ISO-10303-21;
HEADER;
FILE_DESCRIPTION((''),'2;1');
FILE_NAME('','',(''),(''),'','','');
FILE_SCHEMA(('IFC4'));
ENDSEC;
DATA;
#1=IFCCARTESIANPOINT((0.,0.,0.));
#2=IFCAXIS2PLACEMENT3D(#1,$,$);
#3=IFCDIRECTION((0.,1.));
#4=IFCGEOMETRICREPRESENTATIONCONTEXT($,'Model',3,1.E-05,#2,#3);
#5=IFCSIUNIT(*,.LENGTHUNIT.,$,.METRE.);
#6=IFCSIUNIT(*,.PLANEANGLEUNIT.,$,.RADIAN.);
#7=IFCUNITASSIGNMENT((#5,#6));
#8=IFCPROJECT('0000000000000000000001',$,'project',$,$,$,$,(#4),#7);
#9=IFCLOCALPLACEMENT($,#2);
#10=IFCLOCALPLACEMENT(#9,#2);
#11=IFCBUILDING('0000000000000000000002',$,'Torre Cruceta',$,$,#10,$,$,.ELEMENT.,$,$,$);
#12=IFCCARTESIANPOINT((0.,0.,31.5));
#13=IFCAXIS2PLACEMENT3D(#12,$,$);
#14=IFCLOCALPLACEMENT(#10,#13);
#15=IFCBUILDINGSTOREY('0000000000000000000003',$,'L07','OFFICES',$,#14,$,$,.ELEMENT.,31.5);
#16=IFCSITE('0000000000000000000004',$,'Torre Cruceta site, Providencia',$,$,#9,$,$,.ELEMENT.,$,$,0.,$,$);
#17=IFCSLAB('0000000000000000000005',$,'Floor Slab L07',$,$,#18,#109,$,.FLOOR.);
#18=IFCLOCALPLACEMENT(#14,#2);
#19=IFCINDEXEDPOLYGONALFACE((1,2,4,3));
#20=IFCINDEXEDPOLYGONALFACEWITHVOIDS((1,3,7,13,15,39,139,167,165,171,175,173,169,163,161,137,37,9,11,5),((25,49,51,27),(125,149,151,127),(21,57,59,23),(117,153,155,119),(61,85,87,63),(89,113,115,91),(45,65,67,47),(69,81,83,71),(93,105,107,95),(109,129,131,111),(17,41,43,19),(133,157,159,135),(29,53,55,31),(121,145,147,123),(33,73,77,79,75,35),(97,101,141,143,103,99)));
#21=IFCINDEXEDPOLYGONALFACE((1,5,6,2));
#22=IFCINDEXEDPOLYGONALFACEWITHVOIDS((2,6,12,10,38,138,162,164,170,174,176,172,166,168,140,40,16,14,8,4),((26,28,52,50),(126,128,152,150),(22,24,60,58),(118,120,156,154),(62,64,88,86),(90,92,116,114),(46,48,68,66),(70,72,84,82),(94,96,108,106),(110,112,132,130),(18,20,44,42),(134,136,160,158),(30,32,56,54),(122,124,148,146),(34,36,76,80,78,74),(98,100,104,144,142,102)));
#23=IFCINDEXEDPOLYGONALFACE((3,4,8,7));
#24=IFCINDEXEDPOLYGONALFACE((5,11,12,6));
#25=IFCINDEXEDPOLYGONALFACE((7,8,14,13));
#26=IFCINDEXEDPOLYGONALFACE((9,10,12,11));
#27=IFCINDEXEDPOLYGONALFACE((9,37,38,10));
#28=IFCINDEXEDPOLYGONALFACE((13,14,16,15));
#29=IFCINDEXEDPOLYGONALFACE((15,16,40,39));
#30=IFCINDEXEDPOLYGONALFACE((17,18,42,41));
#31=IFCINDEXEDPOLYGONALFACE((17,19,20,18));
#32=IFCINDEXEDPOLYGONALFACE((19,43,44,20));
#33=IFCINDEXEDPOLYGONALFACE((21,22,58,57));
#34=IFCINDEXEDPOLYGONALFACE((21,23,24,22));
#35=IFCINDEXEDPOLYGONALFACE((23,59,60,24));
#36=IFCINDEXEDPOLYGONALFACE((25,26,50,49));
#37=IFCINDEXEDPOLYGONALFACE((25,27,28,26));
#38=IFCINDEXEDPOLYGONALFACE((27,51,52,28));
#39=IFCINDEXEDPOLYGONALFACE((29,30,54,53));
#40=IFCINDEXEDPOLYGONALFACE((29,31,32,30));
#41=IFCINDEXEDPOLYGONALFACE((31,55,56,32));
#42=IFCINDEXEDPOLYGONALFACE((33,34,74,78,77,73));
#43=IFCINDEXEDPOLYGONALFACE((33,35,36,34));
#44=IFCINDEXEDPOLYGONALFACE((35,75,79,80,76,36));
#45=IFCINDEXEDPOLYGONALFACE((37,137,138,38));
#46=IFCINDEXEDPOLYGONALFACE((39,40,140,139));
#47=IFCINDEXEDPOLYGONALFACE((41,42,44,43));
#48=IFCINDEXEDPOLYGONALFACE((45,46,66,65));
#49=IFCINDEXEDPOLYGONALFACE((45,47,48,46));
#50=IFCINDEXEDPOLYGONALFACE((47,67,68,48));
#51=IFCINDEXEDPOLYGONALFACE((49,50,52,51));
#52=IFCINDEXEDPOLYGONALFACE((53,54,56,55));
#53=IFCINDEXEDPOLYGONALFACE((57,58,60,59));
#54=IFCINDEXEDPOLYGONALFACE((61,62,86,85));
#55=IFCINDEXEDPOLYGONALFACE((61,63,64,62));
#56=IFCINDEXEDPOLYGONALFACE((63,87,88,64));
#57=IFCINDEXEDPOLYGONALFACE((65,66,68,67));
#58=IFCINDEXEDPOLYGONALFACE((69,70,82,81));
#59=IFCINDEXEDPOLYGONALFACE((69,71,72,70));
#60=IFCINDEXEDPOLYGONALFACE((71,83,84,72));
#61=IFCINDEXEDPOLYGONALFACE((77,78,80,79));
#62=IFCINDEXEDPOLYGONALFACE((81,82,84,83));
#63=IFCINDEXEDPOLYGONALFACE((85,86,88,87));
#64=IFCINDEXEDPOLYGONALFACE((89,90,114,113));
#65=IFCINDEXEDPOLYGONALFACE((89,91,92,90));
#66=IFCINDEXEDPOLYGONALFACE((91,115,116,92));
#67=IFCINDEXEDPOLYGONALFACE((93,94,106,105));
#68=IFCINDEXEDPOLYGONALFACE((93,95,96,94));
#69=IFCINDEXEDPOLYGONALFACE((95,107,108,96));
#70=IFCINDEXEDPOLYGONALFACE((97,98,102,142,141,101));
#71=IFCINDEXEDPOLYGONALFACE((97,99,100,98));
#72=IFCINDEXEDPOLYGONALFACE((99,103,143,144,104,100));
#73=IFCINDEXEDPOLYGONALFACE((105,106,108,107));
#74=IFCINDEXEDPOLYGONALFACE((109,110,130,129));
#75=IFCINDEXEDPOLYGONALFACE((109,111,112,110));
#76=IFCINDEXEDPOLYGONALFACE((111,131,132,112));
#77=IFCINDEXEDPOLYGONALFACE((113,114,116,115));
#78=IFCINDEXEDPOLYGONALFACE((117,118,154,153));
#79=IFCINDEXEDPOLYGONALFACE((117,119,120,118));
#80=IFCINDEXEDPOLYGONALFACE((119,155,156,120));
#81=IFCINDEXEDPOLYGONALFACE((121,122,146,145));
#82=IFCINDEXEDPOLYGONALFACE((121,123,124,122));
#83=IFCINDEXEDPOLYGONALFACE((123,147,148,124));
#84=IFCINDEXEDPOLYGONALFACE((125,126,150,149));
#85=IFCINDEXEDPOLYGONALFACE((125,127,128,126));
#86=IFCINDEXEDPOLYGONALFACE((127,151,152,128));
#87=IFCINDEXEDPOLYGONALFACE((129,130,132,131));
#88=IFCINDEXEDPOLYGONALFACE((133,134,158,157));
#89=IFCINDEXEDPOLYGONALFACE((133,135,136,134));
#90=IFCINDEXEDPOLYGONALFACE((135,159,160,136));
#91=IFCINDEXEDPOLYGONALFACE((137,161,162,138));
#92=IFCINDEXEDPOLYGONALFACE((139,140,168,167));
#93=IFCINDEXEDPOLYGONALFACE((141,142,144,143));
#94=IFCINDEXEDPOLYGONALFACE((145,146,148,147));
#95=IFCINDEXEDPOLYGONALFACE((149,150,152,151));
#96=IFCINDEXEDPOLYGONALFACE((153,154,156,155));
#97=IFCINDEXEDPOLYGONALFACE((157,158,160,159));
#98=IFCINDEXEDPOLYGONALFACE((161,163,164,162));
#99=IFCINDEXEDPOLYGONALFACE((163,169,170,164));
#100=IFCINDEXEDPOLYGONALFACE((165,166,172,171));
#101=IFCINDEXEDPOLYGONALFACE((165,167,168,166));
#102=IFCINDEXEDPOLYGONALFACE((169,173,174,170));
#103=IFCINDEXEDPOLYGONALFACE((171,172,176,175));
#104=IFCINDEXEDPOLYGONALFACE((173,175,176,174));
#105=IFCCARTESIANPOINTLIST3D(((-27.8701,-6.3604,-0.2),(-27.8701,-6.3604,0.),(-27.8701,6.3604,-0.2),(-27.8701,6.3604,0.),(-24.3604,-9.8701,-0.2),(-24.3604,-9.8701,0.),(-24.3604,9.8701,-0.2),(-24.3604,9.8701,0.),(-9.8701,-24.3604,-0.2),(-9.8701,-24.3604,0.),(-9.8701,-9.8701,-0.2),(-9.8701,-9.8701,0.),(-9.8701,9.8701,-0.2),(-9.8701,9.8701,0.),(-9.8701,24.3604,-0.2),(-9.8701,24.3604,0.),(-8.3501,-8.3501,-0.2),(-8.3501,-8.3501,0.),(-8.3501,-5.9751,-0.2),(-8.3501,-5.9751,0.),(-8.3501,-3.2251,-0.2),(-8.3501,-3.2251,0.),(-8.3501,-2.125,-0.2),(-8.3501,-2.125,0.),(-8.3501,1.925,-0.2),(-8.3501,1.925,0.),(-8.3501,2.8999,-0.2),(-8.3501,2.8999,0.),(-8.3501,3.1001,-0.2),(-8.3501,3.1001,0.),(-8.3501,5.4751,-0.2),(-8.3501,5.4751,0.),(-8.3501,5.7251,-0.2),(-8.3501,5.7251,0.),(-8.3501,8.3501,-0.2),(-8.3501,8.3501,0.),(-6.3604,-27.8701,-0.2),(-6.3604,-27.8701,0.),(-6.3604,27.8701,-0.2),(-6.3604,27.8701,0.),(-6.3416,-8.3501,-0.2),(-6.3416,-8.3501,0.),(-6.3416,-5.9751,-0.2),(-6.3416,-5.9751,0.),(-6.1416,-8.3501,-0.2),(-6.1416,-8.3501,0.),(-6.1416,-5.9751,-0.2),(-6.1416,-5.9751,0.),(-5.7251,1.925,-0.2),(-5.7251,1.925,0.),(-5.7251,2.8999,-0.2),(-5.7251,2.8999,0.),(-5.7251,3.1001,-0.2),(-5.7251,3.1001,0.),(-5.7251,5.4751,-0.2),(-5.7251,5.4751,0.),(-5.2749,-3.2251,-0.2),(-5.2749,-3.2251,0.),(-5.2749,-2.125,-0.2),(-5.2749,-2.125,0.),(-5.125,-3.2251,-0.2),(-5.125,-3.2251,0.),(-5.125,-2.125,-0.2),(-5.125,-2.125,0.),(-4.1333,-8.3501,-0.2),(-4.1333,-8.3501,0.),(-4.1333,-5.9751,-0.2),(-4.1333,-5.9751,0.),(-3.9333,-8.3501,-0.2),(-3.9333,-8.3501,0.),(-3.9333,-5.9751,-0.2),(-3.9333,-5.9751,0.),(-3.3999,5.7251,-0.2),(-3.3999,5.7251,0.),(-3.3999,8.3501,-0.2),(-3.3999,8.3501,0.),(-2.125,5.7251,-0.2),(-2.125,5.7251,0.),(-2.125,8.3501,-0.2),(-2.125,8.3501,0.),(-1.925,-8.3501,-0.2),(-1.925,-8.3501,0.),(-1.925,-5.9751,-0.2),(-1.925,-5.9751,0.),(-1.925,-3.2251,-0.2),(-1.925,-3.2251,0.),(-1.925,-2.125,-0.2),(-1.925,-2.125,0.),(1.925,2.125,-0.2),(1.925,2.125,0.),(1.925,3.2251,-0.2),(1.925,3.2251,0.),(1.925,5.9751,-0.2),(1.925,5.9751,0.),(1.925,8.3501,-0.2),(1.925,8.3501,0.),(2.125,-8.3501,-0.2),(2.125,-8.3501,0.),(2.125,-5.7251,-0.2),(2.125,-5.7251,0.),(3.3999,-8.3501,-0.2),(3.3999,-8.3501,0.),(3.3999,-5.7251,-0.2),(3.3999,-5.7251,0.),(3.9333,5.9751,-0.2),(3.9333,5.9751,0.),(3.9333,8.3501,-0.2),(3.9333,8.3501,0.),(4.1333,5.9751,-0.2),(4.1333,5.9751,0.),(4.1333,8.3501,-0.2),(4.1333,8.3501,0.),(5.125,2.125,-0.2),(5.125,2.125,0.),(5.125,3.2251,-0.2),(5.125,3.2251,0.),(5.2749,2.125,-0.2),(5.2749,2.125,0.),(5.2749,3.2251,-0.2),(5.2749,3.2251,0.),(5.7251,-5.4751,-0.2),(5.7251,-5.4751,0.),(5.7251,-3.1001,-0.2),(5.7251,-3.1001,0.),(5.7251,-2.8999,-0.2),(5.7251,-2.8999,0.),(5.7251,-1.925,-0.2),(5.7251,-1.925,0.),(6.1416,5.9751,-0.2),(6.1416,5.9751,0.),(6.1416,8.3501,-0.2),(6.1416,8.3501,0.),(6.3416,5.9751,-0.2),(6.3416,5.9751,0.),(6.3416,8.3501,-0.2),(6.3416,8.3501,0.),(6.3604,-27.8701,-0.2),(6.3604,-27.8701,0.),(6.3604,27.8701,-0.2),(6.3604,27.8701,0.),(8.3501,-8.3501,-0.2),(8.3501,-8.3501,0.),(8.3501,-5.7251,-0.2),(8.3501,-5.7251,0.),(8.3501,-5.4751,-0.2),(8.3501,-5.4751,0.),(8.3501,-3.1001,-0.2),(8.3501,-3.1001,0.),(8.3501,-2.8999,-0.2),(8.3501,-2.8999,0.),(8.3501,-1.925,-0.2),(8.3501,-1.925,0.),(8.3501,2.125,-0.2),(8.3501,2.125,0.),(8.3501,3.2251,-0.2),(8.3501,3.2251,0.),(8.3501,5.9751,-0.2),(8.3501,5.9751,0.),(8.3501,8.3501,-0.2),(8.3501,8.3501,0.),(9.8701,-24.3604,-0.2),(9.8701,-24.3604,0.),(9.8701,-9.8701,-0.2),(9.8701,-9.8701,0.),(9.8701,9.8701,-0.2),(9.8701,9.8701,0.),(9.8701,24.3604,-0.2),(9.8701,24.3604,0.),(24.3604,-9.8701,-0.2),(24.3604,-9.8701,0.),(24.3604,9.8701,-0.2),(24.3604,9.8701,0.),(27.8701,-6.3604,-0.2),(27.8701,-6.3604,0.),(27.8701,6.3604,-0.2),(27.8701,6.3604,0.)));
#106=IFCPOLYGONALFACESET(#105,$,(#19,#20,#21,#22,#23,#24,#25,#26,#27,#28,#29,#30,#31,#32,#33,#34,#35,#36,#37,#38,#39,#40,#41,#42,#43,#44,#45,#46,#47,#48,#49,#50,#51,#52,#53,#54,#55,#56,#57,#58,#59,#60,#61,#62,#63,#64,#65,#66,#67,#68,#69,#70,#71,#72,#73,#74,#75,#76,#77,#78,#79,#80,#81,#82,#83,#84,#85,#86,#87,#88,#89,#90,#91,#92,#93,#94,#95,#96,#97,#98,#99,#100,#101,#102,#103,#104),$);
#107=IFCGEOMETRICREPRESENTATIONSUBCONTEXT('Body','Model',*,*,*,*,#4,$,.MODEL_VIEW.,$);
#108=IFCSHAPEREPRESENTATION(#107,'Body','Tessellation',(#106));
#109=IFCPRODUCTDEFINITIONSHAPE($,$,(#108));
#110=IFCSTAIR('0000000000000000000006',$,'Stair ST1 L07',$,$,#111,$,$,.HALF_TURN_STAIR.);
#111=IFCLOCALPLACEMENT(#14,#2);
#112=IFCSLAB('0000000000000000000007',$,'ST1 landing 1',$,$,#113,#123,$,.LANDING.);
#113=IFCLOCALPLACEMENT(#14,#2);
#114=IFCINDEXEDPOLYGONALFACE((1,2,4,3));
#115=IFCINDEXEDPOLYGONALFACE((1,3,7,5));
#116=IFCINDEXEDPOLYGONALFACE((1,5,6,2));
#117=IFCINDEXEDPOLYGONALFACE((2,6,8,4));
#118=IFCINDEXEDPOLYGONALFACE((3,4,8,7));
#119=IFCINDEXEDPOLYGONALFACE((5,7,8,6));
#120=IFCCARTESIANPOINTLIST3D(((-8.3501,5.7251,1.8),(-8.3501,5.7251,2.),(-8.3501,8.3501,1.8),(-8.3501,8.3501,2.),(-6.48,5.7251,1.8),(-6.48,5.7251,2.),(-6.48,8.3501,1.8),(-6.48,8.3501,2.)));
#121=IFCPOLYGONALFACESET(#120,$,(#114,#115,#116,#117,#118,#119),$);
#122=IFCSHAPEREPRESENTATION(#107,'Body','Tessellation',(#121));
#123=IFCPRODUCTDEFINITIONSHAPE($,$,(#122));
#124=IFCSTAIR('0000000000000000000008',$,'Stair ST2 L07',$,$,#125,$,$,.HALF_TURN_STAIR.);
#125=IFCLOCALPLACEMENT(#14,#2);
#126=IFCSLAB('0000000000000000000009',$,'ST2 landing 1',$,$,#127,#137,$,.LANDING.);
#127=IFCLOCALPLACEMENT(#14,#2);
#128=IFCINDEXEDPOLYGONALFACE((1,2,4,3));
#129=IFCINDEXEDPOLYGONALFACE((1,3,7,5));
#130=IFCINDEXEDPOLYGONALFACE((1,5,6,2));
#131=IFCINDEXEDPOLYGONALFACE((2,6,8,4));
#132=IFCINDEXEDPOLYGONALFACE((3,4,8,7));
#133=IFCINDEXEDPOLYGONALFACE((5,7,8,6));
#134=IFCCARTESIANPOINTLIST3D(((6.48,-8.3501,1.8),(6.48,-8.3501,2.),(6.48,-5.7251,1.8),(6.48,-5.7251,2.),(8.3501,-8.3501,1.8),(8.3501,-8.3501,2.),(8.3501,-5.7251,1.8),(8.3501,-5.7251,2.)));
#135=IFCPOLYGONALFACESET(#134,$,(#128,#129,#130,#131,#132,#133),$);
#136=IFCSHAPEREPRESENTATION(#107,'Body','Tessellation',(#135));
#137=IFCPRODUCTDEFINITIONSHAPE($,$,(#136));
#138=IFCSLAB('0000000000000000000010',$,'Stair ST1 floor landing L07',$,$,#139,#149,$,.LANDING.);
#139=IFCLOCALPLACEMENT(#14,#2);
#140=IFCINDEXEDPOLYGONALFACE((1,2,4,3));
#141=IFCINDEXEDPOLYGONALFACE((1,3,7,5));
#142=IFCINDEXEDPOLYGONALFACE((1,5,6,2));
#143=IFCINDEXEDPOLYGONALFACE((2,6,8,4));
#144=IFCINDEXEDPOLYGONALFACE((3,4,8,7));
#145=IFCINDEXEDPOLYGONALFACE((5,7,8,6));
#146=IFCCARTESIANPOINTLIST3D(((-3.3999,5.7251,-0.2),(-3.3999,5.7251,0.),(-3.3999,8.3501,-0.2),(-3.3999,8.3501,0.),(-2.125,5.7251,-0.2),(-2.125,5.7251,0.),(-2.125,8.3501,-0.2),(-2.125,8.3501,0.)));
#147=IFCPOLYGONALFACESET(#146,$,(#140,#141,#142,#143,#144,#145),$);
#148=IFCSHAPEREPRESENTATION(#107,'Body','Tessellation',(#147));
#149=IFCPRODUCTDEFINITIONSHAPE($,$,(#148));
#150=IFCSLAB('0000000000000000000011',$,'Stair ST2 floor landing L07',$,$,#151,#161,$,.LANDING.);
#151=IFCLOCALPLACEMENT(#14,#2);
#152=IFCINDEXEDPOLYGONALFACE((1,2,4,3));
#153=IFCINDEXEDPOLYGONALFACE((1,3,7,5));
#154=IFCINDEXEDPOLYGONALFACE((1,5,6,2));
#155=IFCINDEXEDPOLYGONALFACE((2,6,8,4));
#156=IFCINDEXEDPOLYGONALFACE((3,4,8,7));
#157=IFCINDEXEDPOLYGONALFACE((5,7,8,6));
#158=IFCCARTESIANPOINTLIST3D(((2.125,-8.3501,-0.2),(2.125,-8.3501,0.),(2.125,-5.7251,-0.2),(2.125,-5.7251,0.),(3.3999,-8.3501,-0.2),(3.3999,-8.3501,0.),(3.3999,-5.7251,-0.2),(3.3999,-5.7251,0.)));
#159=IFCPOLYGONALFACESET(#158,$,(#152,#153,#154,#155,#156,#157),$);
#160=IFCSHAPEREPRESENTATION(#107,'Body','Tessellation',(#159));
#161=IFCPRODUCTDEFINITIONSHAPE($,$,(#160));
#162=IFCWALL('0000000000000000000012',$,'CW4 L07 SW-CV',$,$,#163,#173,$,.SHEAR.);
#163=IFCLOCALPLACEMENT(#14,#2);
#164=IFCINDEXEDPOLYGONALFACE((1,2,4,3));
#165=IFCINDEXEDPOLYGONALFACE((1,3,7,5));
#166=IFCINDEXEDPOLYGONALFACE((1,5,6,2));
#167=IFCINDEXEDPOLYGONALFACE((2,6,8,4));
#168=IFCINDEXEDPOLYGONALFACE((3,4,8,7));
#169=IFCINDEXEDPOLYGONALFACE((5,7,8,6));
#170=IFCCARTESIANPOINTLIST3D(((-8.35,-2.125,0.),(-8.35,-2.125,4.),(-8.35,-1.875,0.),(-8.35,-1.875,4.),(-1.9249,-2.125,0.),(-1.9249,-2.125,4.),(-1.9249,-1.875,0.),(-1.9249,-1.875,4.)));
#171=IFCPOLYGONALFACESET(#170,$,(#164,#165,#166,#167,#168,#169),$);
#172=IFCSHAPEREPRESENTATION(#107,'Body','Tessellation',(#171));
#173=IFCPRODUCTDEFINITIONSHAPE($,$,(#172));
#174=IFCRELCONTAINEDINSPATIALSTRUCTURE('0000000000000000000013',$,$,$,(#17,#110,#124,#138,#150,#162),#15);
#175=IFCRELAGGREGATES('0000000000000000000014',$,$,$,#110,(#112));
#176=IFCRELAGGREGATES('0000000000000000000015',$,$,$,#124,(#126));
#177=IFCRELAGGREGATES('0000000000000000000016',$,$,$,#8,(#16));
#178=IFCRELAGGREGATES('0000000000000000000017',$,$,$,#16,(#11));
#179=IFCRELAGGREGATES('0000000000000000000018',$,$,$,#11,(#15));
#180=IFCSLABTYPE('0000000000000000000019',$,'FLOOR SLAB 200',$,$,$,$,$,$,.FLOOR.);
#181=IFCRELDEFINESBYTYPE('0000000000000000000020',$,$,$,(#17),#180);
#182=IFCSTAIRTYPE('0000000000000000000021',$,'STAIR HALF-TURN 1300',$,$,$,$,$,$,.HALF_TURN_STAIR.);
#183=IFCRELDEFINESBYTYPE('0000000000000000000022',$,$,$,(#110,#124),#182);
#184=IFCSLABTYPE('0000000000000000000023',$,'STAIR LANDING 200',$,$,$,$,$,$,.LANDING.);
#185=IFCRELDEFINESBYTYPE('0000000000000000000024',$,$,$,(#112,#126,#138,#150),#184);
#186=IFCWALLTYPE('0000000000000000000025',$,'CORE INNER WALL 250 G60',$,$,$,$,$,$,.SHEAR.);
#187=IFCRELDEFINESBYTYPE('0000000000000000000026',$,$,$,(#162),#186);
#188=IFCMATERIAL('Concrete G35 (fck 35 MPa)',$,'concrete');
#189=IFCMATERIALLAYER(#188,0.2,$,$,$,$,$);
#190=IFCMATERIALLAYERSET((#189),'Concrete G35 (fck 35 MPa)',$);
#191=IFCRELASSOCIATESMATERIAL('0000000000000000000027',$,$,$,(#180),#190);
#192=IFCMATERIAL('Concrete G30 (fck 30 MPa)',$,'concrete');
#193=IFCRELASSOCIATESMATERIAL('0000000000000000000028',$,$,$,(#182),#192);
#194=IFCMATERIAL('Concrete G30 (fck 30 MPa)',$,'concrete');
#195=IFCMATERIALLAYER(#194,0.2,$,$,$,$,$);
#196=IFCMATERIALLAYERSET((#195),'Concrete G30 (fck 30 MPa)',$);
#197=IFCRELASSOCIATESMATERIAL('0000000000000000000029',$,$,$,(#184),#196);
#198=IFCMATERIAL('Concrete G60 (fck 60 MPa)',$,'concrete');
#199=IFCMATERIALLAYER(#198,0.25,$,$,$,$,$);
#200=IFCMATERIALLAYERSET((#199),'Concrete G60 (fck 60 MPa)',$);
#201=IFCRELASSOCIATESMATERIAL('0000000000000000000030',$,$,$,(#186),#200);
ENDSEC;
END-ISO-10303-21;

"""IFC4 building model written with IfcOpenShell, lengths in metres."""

from ifc_helpers import new_model, si_unit, direction, frame, frame_2d, origin, place, context, subcontext, project, spatial, polyline, rectangle, outline, extrude, material, layer, layer_set, type_object, element, aggregate, save


model = new_model("IFC4")

# Units and contexts
model_context = context("Model", 3, precision=1e-05, world=origin(), true_north=direction((0.0, 1.0)))
body_context = subcontext(model_context, "Body", "Model", "MODEL_VIEW")
ifc_project = project(units=[si_unit("LENGTHUNIT", "METRE"), si_unit("PLANEANGLEUNIT", "RADIAN")], contexts=[model_context])

# Site, building, storey
site_placement = place(None, origin())
site = spatial("IfcSite", under=ifc_project, at=site_placement, Name="Torre Cruceta site, Providencia", CompositionType="ELEMENT", RefElevation=0.0)
building_placement = place(site_placement, origin())
building = spatial("IfcBuilding", under=site, at=building_placement, Name="Torre Cruceta", CompositionType="ELEMENT")
storey_placement = place(building_placement, frame((0.0, 0.0, 31.5)))
storey = spatial("IfcBuildingStorey", under=building, at=storey_placement, Name="L07", Description="OFFICES", CompositionType="ELEMENT", Elevation=31.5)

# Slab
ifc_material_1 = material(Name="Concrete G35 (fck 35 MPa)", Category="concrete")
ifc_layer_1 = layer(ifc_material_1, 0.2)
ifc_layer_set_1 = layer_set([ifc_layer_1], Name="Concrete G35 (fck 35 MPa)")
slab_type_1 = type_object("IfcSlabType", Name="FLOOR SLAB 200", PredefinedType="FLOOR", material=ifc_layer_set_1)
slab_1_placement = place(storey_placement, frame((0.0, 0.0, -0.2)))
element("IfcSlab", 1, at=slab_1_placement, inside=storey, type_object=slab_type_1, Name="Floor Slab L07", PredefinedType="FLOOR", context=body_context, shape_type="SweptSolid", body=[
    extrude(outline(polyline([(9.8701, -9.8701), (9.8701, -24.3604), (6.3604, -27.8701), (-6.3604, -27.8701), (-9.8701, -24.3604), (-9.8701, -9.8701), (-24.3604, -9.8701), (-27.8701, -6.3604), (-27.8701, 6.3604), (-24.3604, 9.8701), (-9.8701, 9.8701), (-9.8701, 24.3604), (-6.3604, 27.8701), (6.3604, 27.8701), (9.8701, 24.3604), (9.8701, 9.8701), (24.3604, 9.8701), (27.8701, 6.3604), (27.8701, -6.3604), (24.3604, -9.8701), (9.8701, -9.8701)]), holes=[polyline([(1.925, 5.9751), (3.9333, 5.9751), (3.9333, 8.3501), (1.925, 8.3501), (1.925, 5.9751)]), polyline([(4.1333, 5.9751), (6.1416, 5.9751), (6.1416, 8.3501), (4.1333, 8.3501), (4.1333, 5.9751)]), polyline([(6.3416, 5.9751), (8.3501, 5.9751), (8.3501, 8.3501), (6.3416, 8.3501), (6.3416, 5.9751)]), polyline([(1.925, 2.125), (5.125, 2.125), (5.125, 3.2251), (1.925, 3.2251), (1.925, 2.125)]), polyline([(5.2749, 2.125), (8.3501, 2.125), (8.3501, 3.2251), (5.2749, 3.2251), (5.2749, 2.125)]), polyline([(-8.3501, 3.1001), (-5.7251, 3.1001), (-5.7251, 5.4751), (-8.3501, 5.4751), (-8.3501, 3.1001)]), polyline([(-8.3501, 1.925), (-5.7251, 1.925), (-5.7251, 2.8999), (-8.3501, 2.8999), (-8.3501, 1.925)]), polyline([(-3.9333, -8.3501), (-1.925, -8.3501), (-1.925, -5.9751), (-3.9333, -5.9751), (-3.9333, -8.3501)]), polyline([(-6.1416, -8.3501), (-4.1333, -8.3501), (-4.1333, -5.9751), (-6.1416, -5.9751), (-6.1416, -8.3501)]), polyline([(-8.3501, -8.3501), (-6.3416, -8.3501), (-6.3416, -5.9751), (-8.3501, -5.9751), (-8.3501, -8.3501)]), polyline([(-5.125, -3.2251), (-1.925, -3.2251), (-1.925, -2.125), (-5.125, -2.125), (-5.125, -3.2251)]), polyline([(-8.3501, -3.2251), (-5.2749, -3.2251), (-5.2749, -2.125), (-8.3501, -2.125), (-8.3501, -3.2251)]), polyline([(5.7251, -5.4751), (8.3501, -5.4751), (8.3501, -3.1001), (5.7251, -3.1001), (5.7251, -5.4751)]), polyline([(5.7251, -2.8999), (8.3501, -2.8999), (8.3501, -1.925), (5.7251, -1.925), (5.7251, -2.8999)]), polyline([(-8.3501, 5.7251), (-8.3501, 8.3501), (-3.3999, 8.3501), (-2.125, 8.3501), (-2.125, 5.7251), (-3.3999, 5.7251), (-8.3501, 5.7251)]), polyline([(2.125, -5.7251), (3.3999, -5.7251), (8.3501, -5.7251), (8.3501, -8.3501), (3.3999, -8.3501), (2.125, -8.3501), (2.125, -5.7251)])]), origin(), (0.0, 0.0, 1.0), 0.2),
])

# Stairs, slabs
ifc_material_2 = material(Name="Concrete G30 (fck 30 MPa)", Category="concrete")
stair_type = type_object("IfcStairType", Name="STAIR HALF-TURN 1300", PredefinedType="HALF_TURN_STAIR", material=ifc_material_2)
stair_1_placement = place(storey_placement, origin())
stair_1 = element("IfcStair", 2, at=stair_1_placement, inside=storey, type_object=stair_type, Name="Stair ST1 L07", PredefinedType="HALF_TURN_STAIR")
ifc_material_3 = material(Name="Concrete G30 (fck 30 MPa)", Category="concrete")
ifc_layer_2 = layer(ifc_material_3, 0.2)
ifc_layer_set_2 = layer_set([ifc_layer_2], Name="Concrete G30 (fck 30 MPa)")
slab_type_2 = type_object("IfcSlabType", Name="STAIR LANDING 200", PredefinedType="LANDING", material=ifc_layer_set_2)
slab_2_placement = place(storey_placement, frame((0.0, 0.0, 1.8)))
slab_2 = element("IfcSlab", 3, at=slab_2_placement, type_object=slab_type_2, Name="ST1 landing 1", PredefinedType="LANDING", context=body_context, shape_type="SweptSolid", body=[
    extrude(outline(polyline([(-8.3501, 5.7251), (-6.48, 5.7251), (-6.48, 8.3501), (-8.3501, 8.3501), (-8.3501, 5.7251)])), origin(), (0.0, 0.0, 1.0), 0.2),
])
aggregate(stair_1, [slab_2])
stair_2_placement = place(storey_placement, origin())
stair_2 = element("IfcStair", 4, at=stair_2_placement, inside=storey, type_object=stair_type, Name="Stair ST2 L07", PredefinedType="HALF_TURN_STAIR")
slab_3_placement = place(storey_placement, frame((0.0, 0.0, 1.8)))
slab_3 = element("IfcSlab", 5, at=slab_3_placement, type_object=slab_type_2, Name="ST2 landing 1", PredefinedType="LANDING", context=body_context, shape_type="SweptSolid", body=[
    extrude(outline(polyline([(6.48, -8.3501), (8.3501, -8.3501), (8.3501, -5.7251), (6.48, -5.7251), (6.48, -8.3501)])), origin(), (0.0, 0.0, 1.0), 0.2),
])
aggregate(stair_2, [slab_3])

# Slabs
slab_4_placement = place(storey_placement, frame((0.0, 0.0, -0.2)))
element("IfcSlab", 6, at=slab_4_placement, inside=storey, type_object=slab_type_2, Name="Stair ST1 floor landing L07", PredefinedType="LANDING", context=body_context, shape_type="SweptSolid", body=[
    extrude(outline(polyline([(-2.125, 8.3501), (-2.125, 5.7251), (-3.3999, 5.7251), (-3.3999, 8.3501), (-2.125, 8.3501)])), origin(), (0.0, 0.0, 1.0), 0.2),
])
slab_5_placement = place(storey_placement, frame((0.0, 0.0, -0.2)))
element("IfcSlab", 7, at=slab_5_placement, inside=storey, type_object=slab_type_2, Name="Stair ST2 floor landing L07", PredefinedType="LANDING", context=body_context, shape_type="SweptSolid", body=[
    extrude(outline(polyline([(2.125, -8.3501), (2.125, -5.7251), (3.3999, -5.7251), (3.3999, -8.3501), (2.125, -8.3501)])), origin(), (0.0, 0.0, 1.0), 0.2),
])

# Shared definitions
ifc_material_4 = material(Name="Concrete G60 (fck 60 MPa)", Category="concrete")
ifc_layer_3 = layer(ifc_material_4, 0.25)
ifc_layer_set_3 = layer_set([ifc_layer_3], Name="Concrete G60 (fck 60 MPa)")
wall_type_1 = type_object("IfcWallType", Name="CORE INNER WALL 250 G60", PredefinedType="SHEAR", material=ifc_layer_set_3)

# Wall
wall_1_placement = place(storey_placement, frame((-1.925, -2.0, 0.0), z_axis=(0.0, 0.0, 1.0), x_axis=(-1.0, 0.0, 0.0)))
element("IfcWall", 8, at=wall_1_placement, inside=storey, type_object=wall_type_1, Name="CW4 L07 SW-CV", PredefinedType="SHEAR", context=body_context, shape_type="SweptSolid", body=[
    extrude(rectangle(XDim=6.425, YDim=0.25, at=frame_2d((3.2124, 0.0))), origin(), (0.0, 0.0, 1.0), 4.0),
])

save(model, "model.ifc")
